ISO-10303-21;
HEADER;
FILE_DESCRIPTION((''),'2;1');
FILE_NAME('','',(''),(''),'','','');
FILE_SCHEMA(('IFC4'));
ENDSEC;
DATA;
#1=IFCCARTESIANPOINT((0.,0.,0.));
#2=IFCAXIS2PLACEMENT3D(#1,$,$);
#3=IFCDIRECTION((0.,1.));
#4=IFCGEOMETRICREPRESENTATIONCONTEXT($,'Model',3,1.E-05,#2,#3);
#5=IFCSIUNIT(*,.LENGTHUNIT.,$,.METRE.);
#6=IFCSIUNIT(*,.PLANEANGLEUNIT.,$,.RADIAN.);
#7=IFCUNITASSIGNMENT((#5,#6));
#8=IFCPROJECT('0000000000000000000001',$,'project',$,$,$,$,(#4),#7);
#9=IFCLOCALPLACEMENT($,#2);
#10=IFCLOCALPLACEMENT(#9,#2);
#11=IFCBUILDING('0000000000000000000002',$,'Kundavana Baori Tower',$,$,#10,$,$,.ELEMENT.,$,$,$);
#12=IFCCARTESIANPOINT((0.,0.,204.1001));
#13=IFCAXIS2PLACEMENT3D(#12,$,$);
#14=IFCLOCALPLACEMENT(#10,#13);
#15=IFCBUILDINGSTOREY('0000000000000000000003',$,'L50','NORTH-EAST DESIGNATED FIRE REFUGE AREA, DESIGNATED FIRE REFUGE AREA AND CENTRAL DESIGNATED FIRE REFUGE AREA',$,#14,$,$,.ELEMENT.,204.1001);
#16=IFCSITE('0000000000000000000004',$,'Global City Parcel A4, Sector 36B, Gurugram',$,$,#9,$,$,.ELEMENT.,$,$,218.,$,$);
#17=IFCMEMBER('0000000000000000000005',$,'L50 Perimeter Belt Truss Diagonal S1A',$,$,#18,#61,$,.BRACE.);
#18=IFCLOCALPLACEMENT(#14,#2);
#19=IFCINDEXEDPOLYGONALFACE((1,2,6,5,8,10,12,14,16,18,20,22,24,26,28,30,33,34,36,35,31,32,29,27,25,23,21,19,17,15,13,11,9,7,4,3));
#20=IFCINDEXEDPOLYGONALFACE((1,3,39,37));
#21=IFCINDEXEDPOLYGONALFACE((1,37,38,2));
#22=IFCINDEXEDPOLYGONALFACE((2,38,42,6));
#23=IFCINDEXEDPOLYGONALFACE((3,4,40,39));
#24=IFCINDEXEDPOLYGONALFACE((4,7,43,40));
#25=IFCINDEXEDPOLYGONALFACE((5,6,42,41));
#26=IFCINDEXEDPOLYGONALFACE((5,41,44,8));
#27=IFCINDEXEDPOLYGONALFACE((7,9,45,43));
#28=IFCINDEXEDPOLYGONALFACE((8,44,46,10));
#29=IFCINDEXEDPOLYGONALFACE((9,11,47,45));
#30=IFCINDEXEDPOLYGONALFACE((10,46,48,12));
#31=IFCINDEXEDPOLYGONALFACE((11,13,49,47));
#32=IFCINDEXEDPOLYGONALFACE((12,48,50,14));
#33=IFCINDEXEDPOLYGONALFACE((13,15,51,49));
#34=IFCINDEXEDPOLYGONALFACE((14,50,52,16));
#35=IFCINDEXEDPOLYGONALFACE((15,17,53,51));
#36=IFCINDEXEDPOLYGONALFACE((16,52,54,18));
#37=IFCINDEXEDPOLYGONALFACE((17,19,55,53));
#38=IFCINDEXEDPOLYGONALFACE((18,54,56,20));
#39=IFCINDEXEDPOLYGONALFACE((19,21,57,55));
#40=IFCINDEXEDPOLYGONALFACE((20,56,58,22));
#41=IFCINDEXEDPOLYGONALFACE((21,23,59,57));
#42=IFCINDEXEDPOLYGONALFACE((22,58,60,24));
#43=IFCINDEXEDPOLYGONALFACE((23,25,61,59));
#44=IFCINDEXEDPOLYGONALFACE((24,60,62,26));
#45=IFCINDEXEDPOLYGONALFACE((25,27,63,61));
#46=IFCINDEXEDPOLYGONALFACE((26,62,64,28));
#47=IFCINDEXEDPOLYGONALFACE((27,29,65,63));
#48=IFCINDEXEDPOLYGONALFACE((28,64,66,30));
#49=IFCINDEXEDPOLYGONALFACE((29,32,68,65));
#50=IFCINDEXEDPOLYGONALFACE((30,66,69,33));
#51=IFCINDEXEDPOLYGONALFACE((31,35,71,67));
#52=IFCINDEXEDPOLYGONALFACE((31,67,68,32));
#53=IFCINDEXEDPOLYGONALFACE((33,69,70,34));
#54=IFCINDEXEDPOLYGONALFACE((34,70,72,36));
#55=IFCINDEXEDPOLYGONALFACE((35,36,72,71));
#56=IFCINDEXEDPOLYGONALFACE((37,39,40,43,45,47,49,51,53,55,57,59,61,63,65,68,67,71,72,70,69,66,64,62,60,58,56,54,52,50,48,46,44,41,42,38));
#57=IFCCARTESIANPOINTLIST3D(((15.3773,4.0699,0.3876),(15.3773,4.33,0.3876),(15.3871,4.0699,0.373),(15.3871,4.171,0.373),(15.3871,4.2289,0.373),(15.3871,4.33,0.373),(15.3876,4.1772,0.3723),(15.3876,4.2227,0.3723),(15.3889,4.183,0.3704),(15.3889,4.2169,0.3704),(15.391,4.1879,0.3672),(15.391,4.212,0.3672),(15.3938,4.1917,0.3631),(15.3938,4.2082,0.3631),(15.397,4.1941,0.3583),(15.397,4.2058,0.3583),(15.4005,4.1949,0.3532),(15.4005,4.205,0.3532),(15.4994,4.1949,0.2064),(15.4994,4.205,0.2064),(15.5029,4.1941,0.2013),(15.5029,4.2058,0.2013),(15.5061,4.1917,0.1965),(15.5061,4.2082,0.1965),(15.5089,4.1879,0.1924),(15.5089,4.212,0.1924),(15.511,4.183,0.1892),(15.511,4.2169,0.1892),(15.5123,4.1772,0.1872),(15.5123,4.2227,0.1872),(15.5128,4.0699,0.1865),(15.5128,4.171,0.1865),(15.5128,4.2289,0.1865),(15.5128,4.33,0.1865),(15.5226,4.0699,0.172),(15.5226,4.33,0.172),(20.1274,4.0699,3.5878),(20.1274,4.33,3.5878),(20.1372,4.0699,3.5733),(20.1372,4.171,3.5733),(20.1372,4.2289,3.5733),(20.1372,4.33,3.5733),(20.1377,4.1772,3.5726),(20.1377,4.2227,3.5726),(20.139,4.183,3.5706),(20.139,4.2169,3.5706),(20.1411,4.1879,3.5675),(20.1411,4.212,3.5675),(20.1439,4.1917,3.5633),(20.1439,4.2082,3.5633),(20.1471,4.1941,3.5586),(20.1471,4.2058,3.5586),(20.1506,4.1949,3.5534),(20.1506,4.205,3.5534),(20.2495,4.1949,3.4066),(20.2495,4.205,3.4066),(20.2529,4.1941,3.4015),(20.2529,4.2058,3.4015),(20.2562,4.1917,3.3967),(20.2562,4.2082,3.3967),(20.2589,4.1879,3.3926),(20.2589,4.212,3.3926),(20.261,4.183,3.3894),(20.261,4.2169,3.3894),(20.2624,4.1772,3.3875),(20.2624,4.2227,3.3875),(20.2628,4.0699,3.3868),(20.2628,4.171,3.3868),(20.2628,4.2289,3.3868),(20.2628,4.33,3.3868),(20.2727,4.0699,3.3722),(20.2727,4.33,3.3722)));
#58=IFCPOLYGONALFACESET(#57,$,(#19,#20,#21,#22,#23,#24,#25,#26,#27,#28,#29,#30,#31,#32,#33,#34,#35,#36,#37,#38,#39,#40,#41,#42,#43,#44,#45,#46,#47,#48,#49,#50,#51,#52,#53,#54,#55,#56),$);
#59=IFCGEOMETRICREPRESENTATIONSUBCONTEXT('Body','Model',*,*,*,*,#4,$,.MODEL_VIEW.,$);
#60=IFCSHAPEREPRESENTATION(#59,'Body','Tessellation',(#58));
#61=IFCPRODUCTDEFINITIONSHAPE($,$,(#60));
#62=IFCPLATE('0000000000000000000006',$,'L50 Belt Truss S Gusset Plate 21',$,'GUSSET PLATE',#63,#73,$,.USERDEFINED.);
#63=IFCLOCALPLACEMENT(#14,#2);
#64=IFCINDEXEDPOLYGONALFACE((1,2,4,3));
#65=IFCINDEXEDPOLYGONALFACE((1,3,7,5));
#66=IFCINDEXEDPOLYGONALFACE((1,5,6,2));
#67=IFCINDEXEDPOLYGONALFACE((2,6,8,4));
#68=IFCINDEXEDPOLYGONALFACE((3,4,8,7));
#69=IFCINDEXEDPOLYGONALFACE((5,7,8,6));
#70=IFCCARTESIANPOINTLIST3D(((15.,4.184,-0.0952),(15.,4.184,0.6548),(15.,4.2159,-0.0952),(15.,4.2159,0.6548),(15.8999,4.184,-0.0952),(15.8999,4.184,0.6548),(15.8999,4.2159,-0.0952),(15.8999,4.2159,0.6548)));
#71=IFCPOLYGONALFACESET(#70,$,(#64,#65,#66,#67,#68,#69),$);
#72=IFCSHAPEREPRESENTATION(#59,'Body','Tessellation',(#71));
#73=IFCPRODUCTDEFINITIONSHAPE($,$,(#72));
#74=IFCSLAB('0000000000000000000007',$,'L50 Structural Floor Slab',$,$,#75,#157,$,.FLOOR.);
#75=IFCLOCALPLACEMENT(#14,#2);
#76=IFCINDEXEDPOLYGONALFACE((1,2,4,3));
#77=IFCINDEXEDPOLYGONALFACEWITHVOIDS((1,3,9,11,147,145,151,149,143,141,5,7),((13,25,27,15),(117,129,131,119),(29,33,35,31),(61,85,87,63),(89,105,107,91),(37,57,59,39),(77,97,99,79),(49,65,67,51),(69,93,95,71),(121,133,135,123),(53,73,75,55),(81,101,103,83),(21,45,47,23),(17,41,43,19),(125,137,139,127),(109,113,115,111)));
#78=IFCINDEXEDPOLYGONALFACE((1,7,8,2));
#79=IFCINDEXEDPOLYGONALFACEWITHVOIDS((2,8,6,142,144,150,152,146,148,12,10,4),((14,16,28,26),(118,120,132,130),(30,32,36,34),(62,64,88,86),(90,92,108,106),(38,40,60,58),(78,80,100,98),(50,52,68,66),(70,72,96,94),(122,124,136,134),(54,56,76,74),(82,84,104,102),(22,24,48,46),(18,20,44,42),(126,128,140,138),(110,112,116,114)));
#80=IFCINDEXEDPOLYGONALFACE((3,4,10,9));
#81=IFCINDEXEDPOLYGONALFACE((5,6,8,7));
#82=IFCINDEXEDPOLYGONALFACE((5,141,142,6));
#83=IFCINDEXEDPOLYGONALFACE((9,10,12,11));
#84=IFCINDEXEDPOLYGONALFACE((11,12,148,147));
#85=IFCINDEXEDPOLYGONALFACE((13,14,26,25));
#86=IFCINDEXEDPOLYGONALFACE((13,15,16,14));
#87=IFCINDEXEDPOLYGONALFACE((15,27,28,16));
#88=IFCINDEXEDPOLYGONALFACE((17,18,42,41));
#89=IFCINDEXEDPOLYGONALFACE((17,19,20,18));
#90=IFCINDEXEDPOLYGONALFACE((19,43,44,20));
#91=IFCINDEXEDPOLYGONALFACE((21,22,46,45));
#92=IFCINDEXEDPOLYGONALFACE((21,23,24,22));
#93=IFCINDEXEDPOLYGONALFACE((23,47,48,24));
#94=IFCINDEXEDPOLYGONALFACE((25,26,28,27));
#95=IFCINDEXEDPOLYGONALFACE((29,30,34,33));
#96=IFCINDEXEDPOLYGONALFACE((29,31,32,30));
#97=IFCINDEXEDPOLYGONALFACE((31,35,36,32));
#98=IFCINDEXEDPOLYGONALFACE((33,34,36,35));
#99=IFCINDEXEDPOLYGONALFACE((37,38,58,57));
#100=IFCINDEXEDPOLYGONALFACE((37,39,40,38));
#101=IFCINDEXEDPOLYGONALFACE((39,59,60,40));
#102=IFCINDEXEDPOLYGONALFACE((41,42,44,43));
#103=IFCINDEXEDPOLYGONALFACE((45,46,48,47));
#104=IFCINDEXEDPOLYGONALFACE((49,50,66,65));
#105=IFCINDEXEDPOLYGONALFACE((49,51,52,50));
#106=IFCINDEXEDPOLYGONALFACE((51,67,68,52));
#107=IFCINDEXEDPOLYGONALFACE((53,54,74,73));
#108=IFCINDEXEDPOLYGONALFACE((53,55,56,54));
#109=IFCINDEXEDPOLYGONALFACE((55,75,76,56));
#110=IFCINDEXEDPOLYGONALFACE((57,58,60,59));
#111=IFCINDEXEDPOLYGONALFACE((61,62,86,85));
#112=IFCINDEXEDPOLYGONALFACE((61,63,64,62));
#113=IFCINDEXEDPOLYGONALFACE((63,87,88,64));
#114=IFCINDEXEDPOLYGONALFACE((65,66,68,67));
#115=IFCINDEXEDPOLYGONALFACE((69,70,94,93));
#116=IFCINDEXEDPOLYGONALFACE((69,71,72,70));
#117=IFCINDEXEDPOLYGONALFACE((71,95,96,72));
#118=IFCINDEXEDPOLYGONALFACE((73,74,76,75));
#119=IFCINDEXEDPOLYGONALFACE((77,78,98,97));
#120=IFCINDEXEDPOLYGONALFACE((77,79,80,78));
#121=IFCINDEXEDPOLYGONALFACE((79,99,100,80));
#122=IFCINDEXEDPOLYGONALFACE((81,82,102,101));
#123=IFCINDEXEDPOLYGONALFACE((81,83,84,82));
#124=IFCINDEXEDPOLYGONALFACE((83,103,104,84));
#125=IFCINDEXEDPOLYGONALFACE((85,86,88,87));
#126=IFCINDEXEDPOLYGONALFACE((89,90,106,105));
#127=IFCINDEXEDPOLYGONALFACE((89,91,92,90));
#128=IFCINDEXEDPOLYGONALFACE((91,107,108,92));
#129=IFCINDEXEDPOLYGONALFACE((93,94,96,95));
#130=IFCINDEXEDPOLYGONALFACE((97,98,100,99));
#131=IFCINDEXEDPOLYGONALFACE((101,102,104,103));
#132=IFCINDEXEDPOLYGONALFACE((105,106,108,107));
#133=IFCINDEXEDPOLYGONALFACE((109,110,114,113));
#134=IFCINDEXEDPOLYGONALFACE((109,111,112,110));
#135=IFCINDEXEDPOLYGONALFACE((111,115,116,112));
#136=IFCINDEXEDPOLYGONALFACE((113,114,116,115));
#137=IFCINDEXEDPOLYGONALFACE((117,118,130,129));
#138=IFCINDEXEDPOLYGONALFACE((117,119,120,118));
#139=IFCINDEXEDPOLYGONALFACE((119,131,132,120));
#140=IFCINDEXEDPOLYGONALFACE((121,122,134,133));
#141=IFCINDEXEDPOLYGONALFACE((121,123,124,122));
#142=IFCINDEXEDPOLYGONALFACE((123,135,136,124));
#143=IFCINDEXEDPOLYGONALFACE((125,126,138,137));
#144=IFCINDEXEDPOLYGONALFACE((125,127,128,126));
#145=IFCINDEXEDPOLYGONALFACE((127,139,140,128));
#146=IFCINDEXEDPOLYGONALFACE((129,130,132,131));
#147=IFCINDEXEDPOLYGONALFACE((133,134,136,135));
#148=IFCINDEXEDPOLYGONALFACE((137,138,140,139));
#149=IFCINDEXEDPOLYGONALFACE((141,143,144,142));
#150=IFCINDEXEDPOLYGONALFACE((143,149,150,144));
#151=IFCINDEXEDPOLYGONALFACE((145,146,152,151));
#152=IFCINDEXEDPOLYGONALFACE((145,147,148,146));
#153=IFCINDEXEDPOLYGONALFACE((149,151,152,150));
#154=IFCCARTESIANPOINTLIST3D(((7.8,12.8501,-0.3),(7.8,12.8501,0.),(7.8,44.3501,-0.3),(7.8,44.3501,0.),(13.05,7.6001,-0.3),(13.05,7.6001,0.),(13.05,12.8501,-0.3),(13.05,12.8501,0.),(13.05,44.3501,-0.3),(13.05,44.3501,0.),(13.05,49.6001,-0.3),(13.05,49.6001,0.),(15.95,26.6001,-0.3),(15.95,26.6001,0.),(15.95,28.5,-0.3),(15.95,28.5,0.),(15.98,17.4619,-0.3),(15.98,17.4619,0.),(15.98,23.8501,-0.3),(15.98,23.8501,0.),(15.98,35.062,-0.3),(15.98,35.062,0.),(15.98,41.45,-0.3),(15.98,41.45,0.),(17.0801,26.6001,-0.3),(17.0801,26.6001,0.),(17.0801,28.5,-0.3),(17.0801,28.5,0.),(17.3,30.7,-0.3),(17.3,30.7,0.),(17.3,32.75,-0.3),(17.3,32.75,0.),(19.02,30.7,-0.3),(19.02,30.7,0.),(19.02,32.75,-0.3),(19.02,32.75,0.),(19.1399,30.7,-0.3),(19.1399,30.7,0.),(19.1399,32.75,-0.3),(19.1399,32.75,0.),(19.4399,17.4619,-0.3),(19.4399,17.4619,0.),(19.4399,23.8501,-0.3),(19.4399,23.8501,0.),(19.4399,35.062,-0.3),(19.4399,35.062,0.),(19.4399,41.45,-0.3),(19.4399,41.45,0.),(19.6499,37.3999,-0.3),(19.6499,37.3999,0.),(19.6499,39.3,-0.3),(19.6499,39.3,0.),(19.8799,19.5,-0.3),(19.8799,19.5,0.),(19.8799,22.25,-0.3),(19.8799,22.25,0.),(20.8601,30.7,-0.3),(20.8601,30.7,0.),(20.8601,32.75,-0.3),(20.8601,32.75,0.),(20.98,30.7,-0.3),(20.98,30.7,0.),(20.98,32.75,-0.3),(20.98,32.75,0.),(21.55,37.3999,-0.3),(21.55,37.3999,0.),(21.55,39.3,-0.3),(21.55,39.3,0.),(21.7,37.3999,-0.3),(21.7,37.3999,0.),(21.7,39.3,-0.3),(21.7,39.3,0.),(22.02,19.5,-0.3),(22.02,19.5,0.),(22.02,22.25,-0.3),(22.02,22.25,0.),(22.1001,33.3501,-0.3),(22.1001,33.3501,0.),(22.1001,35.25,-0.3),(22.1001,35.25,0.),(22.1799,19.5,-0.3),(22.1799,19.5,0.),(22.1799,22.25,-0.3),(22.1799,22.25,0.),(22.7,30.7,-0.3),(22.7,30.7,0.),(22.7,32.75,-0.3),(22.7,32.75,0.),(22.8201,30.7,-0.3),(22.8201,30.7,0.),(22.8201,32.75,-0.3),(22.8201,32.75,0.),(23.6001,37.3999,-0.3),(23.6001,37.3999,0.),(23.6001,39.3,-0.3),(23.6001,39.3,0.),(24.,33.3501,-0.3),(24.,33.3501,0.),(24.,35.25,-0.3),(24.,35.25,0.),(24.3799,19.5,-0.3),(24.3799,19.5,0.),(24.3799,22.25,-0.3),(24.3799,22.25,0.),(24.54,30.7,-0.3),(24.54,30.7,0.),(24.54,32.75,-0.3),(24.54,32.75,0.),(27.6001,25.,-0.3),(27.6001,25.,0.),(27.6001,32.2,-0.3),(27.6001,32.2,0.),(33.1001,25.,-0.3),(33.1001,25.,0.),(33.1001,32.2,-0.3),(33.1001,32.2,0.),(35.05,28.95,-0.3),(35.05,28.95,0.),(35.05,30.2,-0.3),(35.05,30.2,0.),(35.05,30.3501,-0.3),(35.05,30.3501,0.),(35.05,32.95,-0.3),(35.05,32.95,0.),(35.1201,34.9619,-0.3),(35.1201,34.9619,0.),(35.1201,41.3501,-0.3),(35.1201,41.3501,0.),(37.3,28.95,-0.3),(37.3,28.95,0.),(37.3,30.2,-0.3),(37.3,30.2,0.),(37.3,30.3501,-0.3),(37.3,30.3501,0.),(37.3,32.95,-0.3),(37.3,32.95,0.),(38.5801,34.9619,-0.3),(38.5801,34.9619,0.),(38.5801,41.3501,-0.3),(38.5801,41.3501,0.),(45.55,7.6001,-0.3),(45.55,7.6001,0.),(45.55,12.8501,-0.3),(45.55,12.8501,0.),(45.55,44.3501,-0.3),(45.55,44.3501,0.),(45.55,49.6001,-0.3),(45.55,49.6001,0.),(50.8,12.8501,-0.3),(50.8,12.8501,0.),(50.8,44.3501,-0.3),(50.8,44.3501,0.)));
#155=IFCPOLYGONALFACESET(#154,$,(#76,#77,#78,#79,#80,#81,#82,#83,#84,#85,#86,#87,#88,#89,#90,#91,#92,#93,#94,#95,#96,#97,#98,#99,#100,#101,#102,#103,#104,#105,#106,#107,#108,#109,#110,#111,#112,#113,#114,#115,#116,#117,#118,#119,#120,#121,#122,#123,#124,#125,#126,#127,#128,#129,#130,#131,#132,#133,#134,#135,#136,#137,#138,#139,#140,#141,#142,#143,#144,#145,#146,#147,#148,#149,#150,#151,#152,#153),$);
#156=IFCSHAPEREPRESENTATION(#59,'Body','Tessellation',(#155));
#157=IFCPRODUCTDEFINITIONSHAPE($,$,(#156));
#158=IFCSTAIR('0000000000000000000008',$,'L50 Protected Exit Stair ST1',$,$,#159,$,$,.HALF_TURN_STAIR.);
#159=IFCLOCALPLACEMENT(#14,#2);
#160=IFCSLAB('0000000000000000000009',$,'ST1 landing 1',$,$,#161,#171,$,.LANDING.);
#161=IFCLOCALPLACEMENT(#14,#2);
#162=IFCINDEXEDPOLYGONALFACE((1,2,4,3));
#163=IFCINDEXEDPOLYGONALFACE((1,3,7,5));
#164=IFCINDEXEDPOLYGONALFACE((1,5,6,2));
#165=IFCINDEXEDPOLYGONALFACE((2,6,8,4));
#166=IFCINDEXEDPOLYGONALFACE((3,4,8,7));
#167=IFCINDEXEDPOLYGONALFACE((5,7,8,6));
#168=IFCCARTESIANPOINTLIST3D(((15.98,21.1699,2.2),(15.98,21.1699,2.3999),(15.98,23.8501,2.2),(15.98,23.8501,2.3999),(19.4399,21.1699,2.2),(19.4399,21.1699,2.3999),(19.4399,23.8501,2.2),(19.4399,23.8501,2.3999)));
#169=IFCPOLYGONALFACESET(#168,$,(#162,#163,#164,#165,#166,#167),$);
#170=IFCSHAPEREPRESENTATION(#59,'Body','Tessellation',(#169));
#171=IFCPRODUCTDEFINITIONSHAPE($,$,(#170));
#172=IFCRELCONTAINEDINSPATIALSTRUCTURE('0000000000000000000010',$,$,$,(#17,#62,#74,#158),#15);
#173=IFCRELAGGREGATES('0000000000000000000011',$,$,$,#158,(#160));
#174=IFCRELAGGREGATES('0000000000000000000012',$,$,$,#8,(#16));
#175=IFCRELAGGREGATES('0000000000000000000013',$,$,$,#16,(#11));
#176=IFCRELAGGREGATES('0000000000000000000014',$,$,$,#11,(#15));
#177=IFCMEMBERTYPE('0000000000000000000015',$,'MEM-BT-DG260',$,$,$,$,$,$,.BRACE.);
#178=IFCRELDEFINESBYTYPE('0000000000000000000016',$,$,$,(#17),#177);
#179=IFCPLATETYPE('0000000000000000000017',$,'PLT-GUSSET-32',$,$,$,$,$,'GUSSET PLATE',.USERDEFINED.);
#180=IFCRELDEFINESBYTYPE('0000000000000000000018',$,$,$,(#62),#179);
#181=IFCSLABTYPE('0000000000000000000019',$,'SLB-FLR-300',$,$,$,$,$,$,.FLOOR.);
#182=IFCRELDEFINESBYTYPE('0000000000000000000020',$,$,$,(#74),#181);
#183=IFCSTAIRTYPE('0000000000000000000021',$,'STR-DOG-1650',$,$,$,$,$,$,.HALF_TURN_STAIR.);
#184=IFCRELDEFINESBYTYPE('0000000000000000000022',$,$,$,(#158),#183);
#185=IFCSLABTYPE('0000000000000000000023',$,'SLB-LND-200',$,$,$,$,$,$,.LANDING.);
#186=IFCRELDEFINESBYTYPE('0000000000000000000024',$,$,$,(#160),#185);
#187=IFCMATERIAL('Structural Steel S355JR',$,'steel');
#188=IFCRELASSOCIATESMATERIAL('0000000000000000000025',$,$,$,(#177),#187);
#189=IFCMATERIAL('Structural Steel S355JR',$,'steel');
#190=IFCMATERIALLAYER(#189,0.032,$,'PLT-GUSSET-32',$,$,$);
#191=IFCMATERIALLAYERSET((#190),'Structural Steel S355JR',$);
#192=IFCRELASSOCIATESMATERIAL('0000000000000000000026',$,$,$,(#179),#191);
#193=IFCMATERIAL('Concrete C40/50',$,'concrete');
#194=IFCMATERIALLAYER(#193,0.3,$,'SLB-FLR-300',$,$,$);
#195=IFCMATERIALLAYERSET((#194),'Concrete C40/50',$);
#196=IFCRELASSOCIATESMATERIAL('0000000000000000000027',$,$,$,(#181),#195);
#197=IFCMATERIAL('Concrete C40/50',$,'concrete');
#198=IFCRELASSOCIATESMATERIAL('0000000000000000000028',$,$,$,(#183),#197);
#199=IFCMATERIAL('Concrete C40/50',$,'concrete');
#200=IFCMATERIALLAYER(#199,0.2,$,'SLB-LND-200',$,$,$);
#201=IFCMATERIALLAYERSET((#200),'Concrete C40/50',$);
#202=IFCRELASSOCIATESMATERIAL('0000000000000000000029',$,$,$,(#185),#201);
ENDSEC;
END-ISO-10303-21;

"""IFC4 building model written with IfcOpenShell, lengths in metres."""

from ifc_helpers import new_model, si_unit, direction, frame, origin, origin_2d, place, context, subcontext, project, spatial, polyline, rectangle, i_section, outline, extrude, material, layer, layer_set, material_profile, profile_set, type_object, element, aggregate, save


model = new_model("IFC4")

# Units and contexts
model_context = context("Model", 3, precision=1e-05, world=origin(), true_north=direction((0.0, 1.0)))
body_context = subcontext(model_context, "Body", "Model", "MODEL_VIEW")
ifc_project = project(units=[si_unit("LENGTHUNIT", "METRE"), si_unit("PLANEANGLEUNIT", "RADIAN")], contexts=[model_context])

# Site, building, storey
site_placement = place(None, origin())
site = spatial("IfcSite", under=ifc_project, at=site_placement, Name="Global City Parcel A4, Sector 36B, Gurugram", CompositionType="ELEMENT", RefElevation=218.0)
building_placement = place(site_placement, origin())
building = spatial("IfcBuilding", under=site, at=building_placement, Name="Kundavana Baori Tower", CompositionType="ELEMENT")
storey_placement = place(building_placement, frame((0.0, 0.0, 204.1001)))
storey = spatial("IfcBuildingStorey", under=building, at=storey_placement, Name="L50", Description="NORTH-EAST DESIGNATED FIRE REFUGE AREA, DESIGNATED FIRE REFUGE AREA AND CENTRAL DESIGNATED FIRE REFUGE AREA", CompositionType="ELEMENT", Elevation=204.1001)

# Member
ifc_material_1 = material(Name="Structural Steel S355JR", Category="steel")
ifc_material_profile_1 = material_profile(ifc_material_1, i_section(OverallWidth=0.26, OverallDepth=0.26, WebThickness=0.01, FlangeThickness=0.0176, FilletRadius=0.0239, at=origin_2d()), Name="WPB 260x260x93")
ifc_profile_set_1 = profile_set([ifc_material_profile_1], Name="Structural Steel S355JR")
member_type_1 = type_object("IfcMemberType", Name="MEM-BT-DG260", PredefinedType="BRACE", material=ifc_profile_set_1)
member_1_placement = place(storey_placement, frame((15.45, 4.2, 0.2798), z_axis=(0.829339, 0.0, 0.558746), x_axis=(0.0, 1.0, 0.0)))
element("IfcMember", 1, at=member_1_placement, inside=storey, type_object=member_type_1, Name="L50 Perimeter Belt Truss Diagonal S1A", PredefinedType="BRACE", context=body_context, shape_type="SweptSolid", body=[
    extrude(i_section(OverallWidth=0.26, OverallDepth=0.26, WebThickness=0.01, FlangeThickness=0.0176, FilletRadius=0.0239, at=origin_2d()), origin(), (0.0, 0.0, 1.0), 5.7275),
])

# Plate
ifc_material_2 = material(Name="Structural Steel S355JR", Category="steel")
ifc_layer_1 = layer(ifc_material_2, 0.032, Name="PLT-GUSSET-32")
ifc_layer_set_1 = layer_set([ifc_layer_1], Name="Structural Steel S355JR")
plate_type = type_object("IfcPlateType", Name="PLT-GUSSET-32", ElementType="GUSSET PLATE", PredefinedType="USERDEFINED", material=ifc_layer_set_1)
plate_placement = place(storey_placement, frame((15.45, 4.2, -0.0952), z_axis=(0.0, 0.0, 1.0), x_axis=(1.0, 0.0, 0.0)))
element("IfcPlate", 2, at=plate_placement, inside=storey, type_object=plate_type, Name="L50 Belt Truss S Gusset Plate 21", ObjectType="GUSSET PLATE", PredefinedType="USERDEFINED", context=body_context, shape_type="SweptSolid", body=[
    extrude(rectangle(XDim=0.8999, YDim=0.032, at=origin_2d()), origin(), (0.0, 0.0, 1.0), 0.75),
])

# Slab
ifc_material_3 = material(Name="Concrete C40/50", Category="concrete")
ifc_layer_2 = layer(ifc_material_3, 0.3, Name="SLB-FLR-300")
ifc_layer_set_2 = layer_set([ifc_layer_2], Name="Concrete C40/50")
slab_type_1 = type_object("IfcSlabType", Name="SLB-FLR-300", PredefinedType="FLOOR", material=ifc_layer_set_2)
slab_1_placement = place(storey_placement, frame((0.0, 0.0, -0.3)))
element("IfcSlab", 3, at=slab_1_placement, inside=storey, type_object=slab_type_1, Name="L50 Structural Floor Slab", PredefinedType="FLOOR", context=body_context, shape_type="SweptSolid", body=[
    extrude(outline(polyline([(13.05, 7.6001), (45.55, 7.6001), (45.55, 12.8501), (50.8, 12.8501), (50.8, 44.3501), (45.55, 44.3501), (45.55, 49.6001), (13.05, 49.6001), (13.05, 44.3501), (7.8, 44.3501), (7.8, 12.8501), (13.05, 12.8501), (13.05, 7.6001)]), holes=[polyline([(19.4399, 17.4619), (19.4399, 23.8501), (15.98, 23.8501), (15.98, 17.4619), (19.4399, 17.4619)]), polyline([(19.4399, 35.062), (19.4399, 41.45), (15.98, 41.45), (15.98, 35.062), (19.4399, 35.062)]), polyline([(38.5801, 34.9619), (38.5801, 41.3501), (35.1201, 41.3501), (35.1201, 34.9619), (38.5801, 34.9619)]), polyline([(17.3, 30.7), (19.02, 30.7), (19.02, 32.75), (17.3, 32.75), (17.3, 30.7)]), polyline([(19.1399, 30.7), (20.8601, 30.7), (20.8601, 32.75), (19.1399, 32.75), (19.1399, 30.7)]), polyline([(20.98, 30.7), (22.7, 30.7), (22.7, 32.75), (20.98, 32.75), (20.98, 30.7)]), polyline([(22.8201, 30.7), (24.54, 30.7), (24.54, 32.75), (22.8201, 32.75), (22.8201, 30.7)]), polyline([(19.6499, 37.3999), (21.55, 37.3999), (21.55, 39.3), (19.6499, 39.3), (19.6499, 37.3999)]), polyline([(21.7, 37.3999), (23.6001, 37.3999), (23.6001, 39.3), (21.7, 39.3), (21.7, 37.3999)]), polyline([(22.1001, 33.3501), (24.0, 33.3501), (24.0, 35.25), (22.1001, 35.25), (22.1001, 33.3501)]), polyline([(19.8799, 19.5), (22.02, 19.5), (22.02, 22.25), (19.8799, 22.25), (19.8799, 19.5)]), polyline([(22.1799, 19.5), (24.3799, 19.5), (24.3799, 22.25), (22.1799, 22.25), (22.1799, 19.5)]), polyline([(35.05, 30.3501), (37.3, 30.3501), (37.3, 32.95), (35.05, 32.95), (35.05, 30.3501)]), polyline([(15.95, 26.6001), (17.0801, 26.6001), (17.0801, 28.5), (15.95, 28.5), (15.95, 26.6001)]), polyline([(35.05, 28.95), (37.3, 28.95), (37.3, 30.2), (35.05, 30.2), (35.05, 28.95)]), polyline([(27.6001, 25.0), (33.1001, 25.0), (33.1001, 32.2), (27.6001, 32.2), (27.6001, 25.0)])]), origin(), (0.0, 0.0, 1.0), 0.3),
])

# Stair, slab
ifc_material_4 = material(Name="Concrete C40/50", Category="concrete")
stair_type = type_object("IfcStairType", Name="STR-DOG-1650", PredefinedType="HALF_TURN_STAIR", material=ifc_material_4)
stair_1_placement = place(storey_placement, origin())
stair_1 = element("IfcStair", 4, at=stair_1_placement, inside=storey, type_object=stair_type, Name="L50 Protected Exit Stair ST1", PredefinedType="HALF_TURN_STAIR")
ifc_material_5 = material(Name="Concrete C40/50", Category="concrete")
ifc_layer_3 = layer(ifc_material_5, 0.2, Name="SLB-LND-200")
ifc_layer_set_3 = layer_set([ifc_layer_3], Name="Concrete C40/50")
slab_type_2 = type_object("IfcSlabType", Name="SLB-LND-200", PredefinedType="LANDING", material=ifc_layer_set_3)
slab_2_placement = place(storey_placement, frame((0.0, 0.0, 2.2)))
slab_2 = element("IfcSlab", 5, at=slab_2_placement, type_object=slab_type_2, Name="ST1 landing 1", PredefinedType="LANDING", context=body_context, shape_type="SweptSolid", body=[
    extrude(outline(polyline([(19.4399, 21.1699), (19.4399, 23.8501), (15.98, 23.8501), (15.98, 21.1699), (19.4399, 21.1699)])), origin(), (0.0, 0.0, 1.0), 0.2),
])
aggregate(stair_1, [slab_2])

save(model, "model.ifc")
